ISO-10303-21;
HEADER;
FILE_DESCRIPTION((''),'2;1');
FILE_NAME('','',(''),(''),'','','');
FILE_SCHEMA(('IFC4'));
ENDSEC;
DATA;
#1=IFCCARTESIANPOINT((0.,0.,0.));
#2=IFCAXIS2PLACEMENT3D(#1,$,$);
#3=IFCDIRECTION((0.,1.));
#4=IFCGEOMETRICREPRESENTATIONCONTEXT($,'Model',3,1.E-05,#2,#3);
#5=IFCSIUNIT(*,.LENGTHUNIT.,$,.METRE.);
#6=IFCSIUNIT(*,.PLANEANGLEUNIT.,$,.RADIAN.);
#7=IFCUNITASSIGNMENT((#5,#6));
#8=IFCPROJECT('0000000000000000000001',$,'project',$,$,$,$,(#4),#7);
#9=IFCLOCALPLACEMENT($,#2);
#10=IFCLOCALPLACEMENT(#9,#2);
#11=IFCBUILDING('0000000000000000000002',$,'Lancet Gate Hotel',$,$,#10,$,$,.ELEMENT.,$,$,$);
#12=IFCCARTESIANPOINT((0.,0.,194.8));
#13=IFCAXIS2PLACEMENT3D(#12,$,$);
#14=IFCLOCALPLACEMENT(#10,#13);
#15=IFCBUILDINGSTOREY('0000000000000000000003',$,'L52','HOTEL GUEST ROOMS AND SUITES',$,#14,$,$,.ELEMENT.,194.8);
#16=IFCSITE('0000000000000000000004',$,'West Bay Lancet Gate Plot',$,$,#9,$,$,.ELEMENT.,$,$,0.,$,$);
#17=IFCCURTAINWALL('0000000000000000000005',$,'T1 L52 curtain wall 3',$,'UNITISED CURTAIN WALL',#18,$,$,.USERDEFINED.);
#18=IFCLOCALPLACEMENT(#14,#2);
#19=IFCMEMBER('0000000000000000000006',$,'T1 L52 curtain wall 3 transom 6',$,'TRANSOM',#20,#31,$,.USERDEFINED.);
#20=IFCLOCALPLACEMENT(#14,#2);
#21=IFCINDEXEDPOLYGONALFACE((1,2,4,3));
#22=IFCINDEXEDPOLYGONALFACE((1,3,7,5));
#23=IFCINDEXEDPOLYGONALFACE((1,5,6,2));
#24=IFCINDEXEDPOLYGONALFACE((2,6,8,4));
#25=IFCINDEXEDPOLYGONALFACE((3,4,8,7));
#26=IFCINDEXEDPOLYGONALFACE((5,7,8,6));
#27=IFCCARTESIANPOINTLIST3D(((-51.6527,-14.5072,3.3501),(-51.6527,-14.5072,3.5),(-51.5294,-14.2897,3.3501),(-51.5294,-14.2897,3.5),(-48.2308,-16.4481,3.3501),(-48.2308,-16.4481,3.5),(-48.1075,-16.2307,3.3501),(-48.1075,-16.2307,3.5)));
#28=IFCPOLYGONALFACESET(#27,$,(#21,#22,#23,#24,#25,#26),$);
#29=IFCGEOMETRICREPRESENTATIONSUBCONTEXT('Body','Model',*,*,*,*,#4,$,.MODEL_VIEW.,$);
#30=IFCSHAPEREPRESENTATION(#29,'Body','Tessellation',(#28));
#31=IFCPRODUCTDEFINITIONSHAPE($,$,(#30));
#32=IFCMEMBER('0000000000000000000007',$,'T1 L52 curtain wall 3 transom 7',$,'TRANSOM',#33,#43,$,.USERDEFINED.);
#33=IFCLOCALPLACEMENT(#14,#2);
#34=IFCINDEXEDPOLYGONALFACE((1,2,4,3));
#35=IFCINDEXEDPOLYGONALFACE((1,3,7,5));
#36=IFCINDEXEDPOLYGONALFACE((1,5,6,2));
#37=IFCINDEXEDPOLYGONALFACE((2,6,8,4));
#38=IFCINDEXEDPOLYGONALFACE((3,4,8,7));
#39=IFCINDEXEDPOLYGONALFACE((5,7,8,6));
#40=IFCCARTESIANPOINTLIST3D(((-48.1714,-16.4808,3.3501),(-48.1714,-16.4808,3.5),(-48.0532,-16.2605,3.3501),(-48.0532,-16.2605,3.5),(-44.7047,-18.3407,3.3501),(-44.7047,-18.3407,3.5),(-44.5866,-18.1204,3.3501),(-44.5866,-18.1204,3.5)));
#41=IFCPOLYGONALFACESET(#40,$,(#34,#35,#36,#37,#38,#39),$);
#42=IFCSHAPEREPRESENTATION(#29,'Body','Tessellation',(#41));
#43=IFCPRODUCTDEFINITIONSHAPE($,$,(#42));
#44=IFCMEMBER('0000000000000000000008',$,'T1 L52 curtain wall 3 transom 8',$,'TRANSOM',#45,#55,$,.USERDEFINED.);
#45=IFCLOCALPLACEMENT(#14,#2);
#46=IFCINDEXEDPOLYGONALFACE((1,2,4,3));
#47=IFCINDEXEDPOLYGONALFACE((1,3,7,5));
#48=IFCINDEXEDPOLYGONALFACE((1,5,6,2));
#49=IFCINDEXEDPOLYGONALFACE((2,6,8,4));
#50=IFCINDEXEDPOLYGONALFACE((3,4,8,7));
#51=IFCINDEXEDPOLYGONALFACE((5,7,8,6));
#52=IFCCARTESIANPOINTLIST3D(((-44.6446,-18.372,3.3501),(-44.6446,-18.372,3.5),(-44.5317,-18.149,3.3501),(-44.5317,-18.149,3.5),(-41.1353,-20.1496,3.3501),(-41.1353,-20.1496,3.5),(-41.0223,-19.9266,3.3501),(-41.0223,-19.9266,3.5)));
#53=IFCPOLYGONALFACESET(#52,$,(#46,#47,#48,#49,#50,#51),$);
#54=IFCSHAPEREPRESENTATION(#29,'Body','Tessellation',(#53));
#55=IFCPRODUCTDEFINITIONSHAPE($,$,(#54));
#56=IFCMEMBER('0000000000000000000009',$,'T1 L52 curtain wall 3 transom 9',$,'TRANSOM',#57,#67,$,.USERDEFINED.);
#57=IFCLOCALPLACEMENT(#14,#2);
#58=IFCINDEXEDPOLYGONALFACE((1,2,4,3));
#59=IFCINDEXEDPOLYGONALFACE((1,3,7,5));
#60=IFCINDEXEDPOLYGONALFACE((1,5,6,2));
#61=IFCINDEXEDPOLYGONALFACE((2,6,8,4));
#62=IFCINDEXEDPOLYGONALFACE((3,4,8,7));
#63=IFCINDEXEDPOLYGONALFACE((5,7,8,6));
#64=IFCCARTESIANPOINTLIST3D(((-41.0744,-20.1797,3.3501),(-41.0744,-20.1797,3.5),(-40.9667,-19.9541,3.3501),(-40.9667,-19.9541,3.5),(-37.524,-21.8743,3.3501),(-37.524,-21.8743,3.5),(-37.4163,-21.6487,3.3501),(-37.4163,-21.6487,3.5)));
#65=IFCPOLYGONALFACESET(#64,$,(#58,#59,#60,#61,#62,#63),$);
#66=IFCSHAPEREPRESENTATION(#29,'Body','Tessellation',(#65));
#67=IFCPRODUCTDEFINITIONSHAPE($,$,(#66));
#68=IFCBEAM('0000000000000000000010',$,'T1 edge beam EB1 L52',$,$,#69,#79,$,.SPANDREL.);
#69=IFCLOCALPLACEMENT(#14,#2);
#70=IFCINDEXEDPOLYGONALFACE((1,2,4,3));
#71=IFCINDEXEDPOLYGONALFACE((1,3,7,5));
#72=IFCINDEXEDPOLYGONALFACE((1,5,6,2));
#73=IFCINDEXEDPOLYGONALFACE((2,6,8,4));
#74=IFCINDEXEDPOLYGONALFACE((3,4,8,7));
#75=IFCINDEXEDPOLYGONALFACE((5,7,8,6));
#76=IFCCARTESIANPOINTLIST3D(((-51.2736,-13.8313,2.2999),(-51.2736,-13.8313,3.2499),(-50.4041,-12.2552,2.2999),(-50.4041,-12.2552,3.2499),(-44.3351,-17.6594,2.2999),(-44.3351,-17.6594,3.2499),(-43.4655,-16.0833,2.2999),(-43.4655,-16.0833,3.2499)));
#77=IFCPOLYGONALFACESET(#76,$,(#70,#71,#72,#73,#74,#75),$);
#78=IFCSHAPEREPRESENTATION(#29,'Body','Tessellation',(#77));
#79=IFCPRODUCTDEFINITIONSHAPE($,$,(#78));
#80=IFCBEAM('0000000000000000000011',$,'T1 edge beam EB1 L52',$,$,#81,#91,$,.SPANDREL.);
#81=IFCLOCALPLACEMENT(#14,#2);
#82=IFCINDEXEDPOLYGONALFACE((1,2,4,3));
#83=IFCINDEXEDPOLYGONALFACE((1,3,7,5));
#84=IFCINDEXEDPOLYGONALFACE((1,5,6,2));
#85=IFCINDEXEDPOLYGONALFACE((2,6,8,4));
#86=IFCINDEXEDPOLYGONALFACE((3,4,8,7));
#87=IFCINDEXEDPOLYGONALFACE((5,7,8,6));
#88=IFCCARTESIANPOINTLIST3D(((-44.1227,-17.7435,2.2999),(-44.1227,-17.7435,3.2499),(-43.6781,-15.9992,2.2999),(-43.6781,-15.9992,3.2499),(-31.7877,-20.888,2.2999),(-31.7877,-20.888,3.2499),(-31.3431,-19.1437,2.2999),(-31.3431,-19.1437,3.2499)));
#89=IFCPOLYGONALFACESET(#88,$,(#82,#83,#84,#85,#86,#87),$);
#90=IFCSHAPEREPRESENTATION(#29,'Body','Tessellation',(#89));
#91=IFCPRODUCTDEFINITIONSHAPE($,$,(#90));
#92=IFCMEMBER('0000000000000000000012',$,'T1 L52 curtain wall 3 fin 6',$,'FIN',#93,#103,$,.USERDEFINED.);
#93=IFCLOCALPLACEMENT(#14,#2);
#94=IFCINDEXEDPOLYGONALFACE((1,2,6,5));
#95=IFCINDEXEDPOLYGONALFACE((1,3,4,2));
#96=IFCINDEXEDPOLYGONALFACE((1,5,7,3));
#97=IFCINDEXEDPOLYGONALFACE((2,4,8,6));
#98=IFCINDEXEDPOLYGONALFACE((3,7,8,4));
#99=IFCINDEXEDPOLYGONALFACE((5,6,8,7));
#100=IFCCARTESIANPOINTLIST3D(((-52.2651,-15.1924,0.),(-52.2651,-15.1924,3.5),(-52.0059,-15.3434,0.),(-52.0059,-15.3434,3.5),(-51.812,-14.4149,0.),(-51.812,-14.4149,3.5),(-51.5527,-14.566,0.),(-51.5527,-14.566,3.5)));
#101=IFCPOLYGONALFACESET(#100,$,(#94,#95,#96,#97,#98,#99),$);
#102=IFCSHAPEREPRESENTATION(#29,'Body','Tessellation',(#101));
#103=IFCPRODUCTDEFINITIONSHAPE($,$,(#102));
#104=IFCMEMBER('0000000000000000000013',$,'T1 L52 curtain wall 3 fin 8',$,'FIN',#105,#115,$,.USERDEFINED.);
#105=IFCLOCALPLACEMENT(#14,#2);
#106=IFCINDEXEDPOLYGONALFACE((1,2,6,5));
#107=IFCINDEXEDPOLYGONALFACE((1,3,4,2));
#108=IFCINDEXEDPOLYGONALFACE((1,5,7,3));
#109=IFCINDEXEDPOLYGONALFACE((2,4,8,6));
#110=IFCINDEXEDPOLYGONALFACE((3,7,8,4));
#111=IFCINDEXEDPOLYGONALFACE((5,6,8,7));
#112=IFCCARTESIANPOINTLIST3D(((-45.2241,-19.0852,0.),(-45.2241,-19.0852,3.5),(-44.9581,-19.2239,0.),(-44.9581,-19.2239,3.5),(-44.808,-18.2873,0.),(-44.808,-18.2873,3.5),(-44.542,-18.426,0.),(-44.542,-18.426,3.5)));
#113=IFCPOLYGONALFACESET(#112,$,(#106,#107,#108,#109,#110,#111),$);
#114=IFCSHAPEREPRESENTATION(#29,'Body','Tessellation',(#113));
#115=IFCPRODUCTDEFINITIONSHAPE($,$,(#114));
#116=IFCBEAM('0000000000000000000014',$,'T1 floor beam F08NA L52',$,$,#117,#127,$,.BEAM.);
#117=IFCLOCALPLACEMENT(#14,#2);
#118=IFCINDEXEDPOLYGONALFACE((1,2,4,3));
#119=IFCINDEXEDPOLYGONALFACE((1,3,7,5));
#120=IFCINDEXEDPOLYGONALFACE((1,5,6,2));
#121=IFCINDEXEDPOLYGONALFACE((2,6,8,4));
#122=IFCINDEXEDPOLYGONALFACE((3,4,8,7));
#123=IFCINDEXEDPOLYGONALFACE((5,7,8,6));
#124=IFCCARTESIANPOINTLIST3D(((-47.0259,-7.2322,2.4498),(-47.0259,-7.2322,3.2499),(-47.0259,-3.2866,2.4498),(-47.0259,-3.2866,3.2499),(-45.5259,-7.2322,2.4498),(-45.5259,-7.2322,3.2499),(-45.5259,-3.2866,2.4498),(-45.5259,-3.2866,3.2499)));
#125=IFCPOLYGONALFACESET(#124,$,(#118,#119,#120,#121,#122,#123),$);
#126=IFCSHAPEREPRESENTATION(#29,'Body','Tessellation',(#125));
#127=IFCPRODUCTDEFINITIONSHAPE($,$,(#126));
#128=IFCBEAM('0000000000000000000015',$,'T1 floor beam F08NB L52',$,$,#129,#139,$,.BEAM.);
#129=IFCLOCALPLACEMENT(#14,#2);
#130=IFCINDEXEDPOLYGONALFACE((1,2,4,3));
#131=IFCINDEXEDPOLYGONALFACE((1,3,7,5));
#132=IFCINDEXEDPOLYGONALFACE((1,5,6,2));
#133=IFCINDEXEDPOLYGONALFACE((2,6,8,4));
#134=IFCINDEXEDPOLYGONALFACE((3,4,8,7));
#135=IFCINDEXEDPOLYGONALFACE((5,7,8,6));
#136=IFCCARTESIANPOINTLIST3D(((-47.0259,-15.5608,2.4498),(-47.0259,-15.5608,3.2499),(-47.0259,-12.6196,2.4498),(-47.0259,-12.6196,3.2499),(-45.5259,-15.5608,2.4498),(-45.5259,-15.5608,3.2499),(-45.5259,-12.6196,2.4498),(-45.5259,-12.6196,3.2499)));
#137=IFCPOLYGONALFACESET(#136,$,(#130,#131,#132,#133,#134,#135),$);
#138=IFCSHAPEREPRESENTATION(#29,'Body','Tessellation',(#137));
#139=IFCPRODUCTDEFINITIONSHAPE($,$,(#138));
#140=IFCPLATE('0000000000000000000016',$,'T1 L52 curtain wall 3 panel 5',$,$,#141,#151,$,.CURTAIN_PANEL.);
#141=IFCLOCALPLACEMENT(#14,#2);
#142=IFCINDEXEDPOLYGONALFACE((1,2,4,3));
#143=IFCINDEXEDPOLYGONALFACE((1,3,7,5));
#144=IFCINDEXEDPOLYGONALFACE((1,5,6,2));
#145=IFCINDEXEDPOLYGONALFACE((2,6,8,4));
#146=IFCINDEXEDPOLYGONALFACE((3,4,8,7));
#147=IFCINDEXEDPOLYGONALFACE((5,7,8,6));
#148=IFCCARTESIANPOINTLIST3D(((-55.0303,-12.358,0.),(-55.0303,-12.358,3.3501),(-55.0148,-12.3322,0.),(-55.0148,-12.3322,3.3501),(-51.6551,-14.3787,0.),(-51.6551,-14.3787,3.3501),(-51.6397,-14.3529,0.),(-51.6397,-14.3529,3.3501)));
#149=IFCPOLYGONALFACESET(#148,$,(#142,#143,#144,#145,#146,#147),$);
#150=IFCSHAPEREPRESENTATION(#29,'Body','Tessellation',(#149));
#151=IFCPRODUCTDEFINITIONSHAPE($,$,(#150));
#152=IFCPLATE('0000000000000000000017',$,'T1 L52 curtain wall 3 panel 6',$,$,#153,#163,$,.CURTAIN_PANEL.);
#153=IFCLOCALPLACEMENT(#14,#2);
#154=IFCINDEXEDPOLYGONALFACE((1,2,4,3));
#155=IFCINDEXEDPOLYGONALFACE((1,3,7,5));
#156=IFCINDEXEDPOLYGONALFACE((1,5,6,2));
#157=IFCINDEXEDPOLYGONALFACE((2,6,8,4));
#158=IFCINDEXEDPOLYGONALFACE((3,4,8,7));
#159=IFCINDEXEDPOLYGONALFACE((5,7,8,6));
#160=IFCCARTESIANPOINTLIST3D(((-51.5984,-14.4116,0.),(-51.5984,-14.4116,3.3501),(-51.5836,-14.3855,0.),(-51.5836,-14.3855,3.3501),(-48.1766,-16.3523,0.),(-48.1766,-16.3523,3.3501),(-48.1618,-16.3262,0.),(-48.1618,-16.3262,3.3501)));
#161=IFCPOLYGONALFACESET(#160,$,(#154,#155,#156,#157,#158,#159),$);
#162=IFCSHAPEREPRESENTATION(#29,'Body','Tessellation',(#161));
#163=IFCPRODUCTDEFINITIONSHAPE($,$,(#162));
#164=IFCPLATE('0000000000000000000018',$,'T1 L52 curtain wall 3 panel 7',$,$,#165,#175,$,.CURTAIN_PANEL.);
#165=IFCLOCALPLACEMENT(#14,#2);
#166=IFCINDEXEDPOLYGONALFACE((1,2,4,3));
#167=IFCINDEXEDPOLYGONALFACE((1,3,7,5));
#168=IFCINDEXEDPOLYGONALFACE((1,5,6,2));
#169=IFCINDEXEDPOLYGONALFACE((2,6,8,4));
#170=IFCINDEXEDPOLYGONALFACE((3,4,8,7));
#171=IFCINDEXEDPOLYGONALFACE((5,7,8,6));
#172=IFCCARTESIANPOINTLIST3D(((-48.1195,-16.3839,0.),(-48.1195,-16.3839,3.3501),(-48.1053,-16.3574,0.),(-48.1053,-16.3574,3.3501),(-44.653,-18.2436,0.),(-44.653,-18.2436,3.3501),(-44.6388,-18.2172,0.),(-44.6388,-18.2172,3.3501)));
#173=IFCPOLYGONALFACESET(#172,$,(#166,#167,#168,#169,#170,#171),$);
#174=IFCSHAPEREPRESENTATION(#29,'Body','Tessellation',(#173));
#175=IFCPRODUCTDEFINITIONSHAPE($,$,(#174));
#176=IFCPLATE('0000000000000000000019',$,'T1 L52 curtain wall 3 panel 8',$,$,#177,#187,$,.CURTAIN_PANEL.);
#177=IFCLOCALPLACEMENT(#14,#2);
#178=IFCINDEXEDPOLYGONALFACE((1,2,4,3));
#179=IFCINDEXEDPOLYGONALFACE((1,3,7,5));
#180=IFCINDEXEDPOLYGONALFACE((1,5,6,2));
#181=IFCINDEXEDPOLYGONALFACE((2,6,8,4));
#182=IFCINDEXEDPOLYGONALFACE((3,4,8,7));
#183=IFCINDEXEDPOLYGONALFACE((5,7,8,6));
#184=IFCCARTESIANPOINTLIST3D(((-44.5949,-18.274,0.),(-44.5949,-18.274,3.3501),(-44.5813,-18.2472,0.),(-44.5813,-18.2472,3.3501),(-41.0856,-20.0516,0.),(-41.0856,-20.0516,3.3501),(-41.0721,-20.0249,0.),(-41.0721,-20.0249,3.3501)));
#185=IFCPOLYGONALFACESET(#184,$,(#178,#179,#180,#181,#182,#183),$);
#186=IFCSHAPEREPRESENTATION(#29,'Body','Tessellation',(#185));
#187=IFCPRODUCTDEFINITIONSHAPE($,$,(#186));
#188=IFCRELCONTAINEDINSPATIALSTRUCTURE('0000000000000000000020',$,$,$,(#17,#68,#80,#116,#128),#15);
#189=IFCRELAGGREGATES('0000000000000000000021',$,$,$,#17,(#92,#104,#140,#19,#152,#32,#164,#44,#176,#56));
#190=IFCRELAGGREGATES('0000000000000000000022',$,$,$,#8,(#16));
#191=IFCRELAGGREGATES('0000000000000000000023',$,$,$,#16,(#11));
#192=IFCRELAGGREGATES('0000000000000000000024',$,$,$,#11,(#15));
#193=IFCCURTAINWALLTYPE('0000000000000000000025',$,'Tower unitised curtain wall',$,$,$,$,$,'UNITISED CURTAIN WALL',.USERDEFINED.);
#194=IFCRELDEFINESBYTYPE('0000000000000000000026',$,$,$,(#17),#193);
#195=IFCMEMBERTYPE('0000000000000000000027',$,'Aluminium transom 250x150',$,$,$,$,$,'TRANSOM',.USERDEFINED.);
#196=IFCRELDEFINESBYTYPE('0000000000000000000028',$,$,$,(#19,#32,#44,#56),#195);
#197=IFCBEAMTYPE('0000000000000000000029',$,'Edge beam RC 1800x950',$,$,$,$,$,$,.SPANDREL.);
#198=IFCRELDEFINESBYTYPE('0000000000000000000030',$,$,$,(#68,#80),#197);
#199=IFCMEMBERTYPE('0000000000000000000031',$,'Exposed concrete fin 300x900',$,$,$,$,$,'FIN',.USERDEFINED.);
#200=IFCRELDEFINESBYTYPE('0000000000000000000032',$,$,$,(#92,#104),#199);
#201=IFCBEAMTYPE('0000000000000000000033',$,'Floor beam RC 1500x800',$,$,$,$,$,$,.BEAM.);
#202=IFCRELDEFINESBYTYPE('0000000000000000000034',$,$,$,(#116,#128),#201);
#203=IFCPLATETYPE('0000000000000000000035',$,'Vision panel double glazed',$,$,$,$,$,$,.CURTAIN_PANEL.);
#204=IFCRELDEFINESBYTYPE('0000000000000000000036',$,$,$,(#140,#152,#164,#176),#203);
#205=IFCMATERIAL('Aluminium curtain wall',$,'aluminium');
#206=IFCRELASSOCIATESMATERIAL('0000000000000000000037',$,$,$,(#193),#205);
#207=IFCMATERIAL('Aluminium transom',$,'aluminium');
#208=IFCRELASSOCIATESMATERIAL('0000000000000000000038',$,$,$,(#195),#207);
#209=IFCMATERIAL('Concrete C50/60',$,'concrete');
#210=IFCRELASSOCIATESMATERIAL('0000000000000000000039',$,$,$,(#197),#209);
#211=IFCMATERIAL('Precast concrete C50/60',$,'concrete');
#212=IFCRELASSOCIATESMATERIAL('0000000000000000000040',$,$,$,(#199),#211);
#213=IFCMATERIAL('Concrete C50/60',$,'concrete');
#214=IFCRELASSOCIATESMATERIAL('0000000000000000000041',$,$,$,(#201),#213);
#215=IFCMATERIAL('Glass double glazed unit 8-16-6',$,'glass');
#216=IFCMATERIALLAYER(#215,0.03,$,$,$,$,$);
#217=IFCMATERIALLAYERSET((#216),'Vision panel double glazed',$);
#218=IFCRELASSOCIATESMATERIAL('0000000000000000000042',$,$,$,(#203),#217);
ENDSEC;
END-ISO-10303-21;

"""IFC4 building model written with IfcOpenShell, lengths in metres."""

from ifc_helpers import new_model, si_unit, direction, frame, origin, origin_2d, place, context, subcontext, project, spatial, rectangle, extrude, material, layer, layer_set, material_profile, profile_set, type_object, element, aggregate, save


model = new_model("IFC4")

# Units and contexts
model_context = context("Model", 3, precision=1e-05, world=origin(), true_north=direction((0.0, 1.0)))
body_context = subcontext(model_context, "Body", "Model", "MODEL_VIEW")
ifc_project = project(units=[si_unit("LENGTHUNIT", "METRE"), si_unit("PLANEANGLEUNIT", "RADIAN")], contexts=[model_context])

# Site, building, storey
site_placement = place(None, origin())
site = spatial("IfcSite", under=ifc_project, at=site_placement, Name="West Bay Lancet Gate Plot", CompositionType="ELEMENT", RefElevation=0.0)
building_placement = place(site_placement, origin())
building = spatial("IfcBuilding", under=site, at=building_placement, Name="Lancet Gate Hotel", CompositionType="ELEMENT")
storey_placement = place(building_placement, frame((0.0, 0.0, 194.8)))
storey = spatial("IfcBuildingStorey", under=building, at=storey_placement, Name="L52", Description="HOTEL GUEST ROOMS AND SUITES", CompositionType="ELEMENT", Elevation=194.8)

# Curtain wall, members
ifc_material_1 = material(Name="Aluminium curtain wall", Category="aluminium")
curtain_wall_type = type_object("IfcCurtainWallType", Name="Tower unitised curtain wall", ElementType="UNITISED CURTAIN WALL", PredefinedType="USERDEFINED", material=ifc_material_1)
curtain_wall_placement = place(storey_placement, origin())
curtain_wall = element("IfcCurtainWall", 1, at=curtain_wall_placement, inside=storey, type_object=curtain_wall_type, Name="T1 L52 curtain wall 3", ObjectType="UNITISED CURTAIN WALL", PredefinedType="USERDEFINED")
ifc_material_2 = material(Name="Aluminium transom", Category="aluminium")
ifc_material_profile_1 = material_profile(ifc_material_2, rectangle(XDim=0.25, YDim=0.1499, at=origin_2d()), Name="TRANSOM 250x150")
ifc_profile_set_1 = profile_set([ifc_material_profile_1], Name="Aluminium transom")
member_type_1 = type_object("IfcMemberType", Name="Aluminium transom 250x150", ElementType="TRANSOM", PredefinedType="USERDEFINED", material=ifc_profile_set_1)
member_1_placement = place(storey_placement, frame((-51.5911, -14.3984, 3.425), z_axis=(0.86982, -0.49337, 0.0), x_axis=(0.49337, 0.86982, 0.0)))
member_1 = element("IfcMember", 2, at=member_1_placement, type_object=member_type_1, Name="T1 L52 curtain wall 3 transom 6", ObjectType="TRANSOM", PredefinedType="USERDEFINED", context=body_context, shape_type="SweptSolid", body=[
    extrude(rectangle(XDim=0.25, YDim=0.1499, at=origin_2d()), origin(), (0.0, 0.0, 1.0), 3.9341),
])
member_2_placement = place(storey_placement, frame((-48.1123, -16.3706, 3.425), z_axis=(0.881185, -0.472771, 0.0), x_axis=(0.472771, 0.881185, 0.0)))
member_2 = element("IfcMember", 3, at=member_2_placement, type_object=member_type_1, Name="T1 L52 curtain wall 3 transom 7", ObjectType="TRANSOM", PredefinedType="USERDEFINED", context=body_context, shape_type="SweptSolid", body=[
    extrude(rectangle(XDim=0.25, YDim=0.1499, at=origin_2d()), origin(), (0.0, 0.0, 1.0), 3.9341),
])
member_3_placement = place(storey_placement, frame((-44.5881, -18.2605, 3.425), z_axis=(0.892081, -0.451875, 0.0), x_axis=(0.451875, 0.892081, 0.0)))
member_3 = element("IfcMember", 4, at=member_3_placement, type_object=member_type_1, Name="T1 L52 curtain wall 3 transom 8", ObjectType="TRANSOM", PredefinedType="USERDEFINED", context=body_context, shape_type="SweptSolid", body=[
    extrude(rectangle(XDim=0.25, YDim=0.1499, at=origin_2d()), origin(), (0.0, 0.0, 1.0), 3.9338),
])
member_4_placement = place(storey_placement, frame((-41.0205, -20.0669, 3.425), z_axis=(0.902469, -0.430755, 0.0), x_axis=(0.430755, 0.902469, 0.0)))
member_4 = element("IfcMember", 5, at=member_4_placement, type_object=member_type_1, Name="T1 L52 curtain wall 3 transom 9", ObjectType="TRANSOM", PredefinedType="USERDEFINED", context=body_context, shape_type="SweptSolid", body=[
    extrude(rectangle(XDim=0.25, YDim=0.1499, at=origin_2d()), origin(), (0.0, 0.0, 1.0), 3.9341),
])

# Beams
ifc_material_3 = material(Name="Concrete C50/60", Category="concrete")
ifc_material_profile_2 = material_profile(ifc_material_3, rectangle(XDim=1.8, YDim=0.95, at=origin_2d()), Name="RC 1800x950")
ifc_profile_set_2 = profile_set([ifc_material_profile_2], Name="Concrete C50/60")
beam_type_1 = type_object("IfcBeamType", Name="Edge beam RC 1800x950", PredefinedType="SPANDREL", material=ifc_profile_set_2)
beam_1_placement = place(storey_placement, frame((-50.8389, -13.0432, 2.7749), z_axis=(0.875578, -0.483077, 0.0), x_axis=(0.483077, 0.875578, 0.0)))
element("IfcBeam", 6, at=beam_1_placement, inside=storey, type_object=beam_type_1, Name="T1 edge beam EB1 L52", PredefinedType="SPANDREL", context=body_context, shape_type="SweptSolid", body=[
    extrude(rectangle(XDim=1.8, YDim=0.95, at=origin_2d()), origin(), (0.0, 0.0, 1.0), 7.9246),
])
beam_2_placement = place(storey_placement, frame((-43.9004, -16.8713, 2.7749), z_axis=(0.969008, -0.247028, 0.0), x_axis=(0.247028, 0.969008, 0.0)))
element("IfcBeam", 7, at=beam_2_placement, inside=storey, type_object=beam_type_1, Name="T1 edge beam EB1 L52", PredefinedType="SPANDREL", context=body_context, shape_type="SweptSolid", body=[
    extrude(rectangle(XDim=1.8, YDim=0.95, at=origin_2d()), origin(), (0.0, 0.0, 1.0), 12.7295),
])

# Members
ifc_material_4 = material(Name="Precast concrete C50/60", Category="concrete")
ifc_material_profile_3 = material_profile(ifc_material_4, rectangle(XDim=0.3, YDim=0.8999, at=origin_2d()), Name="FIN 300x900")
ifc_profile_set_3 = profile_set([ifc_material_profile_3], Name="Precast concrete C50/60")
member_type_2 = type_object("IfcMemberType", Name="Exposed concrete fin 300x900", ElementType="FIN", PredefinedType="USERDEFINED", material=ifc_profile_set_3)
member_5_placement = place(storey_placement, frame((-51.9089, -14.8792, 0.0), z_axis=(0.0, 0.0, 1.0), x_axis=(0.863969, -0.503545, 0.0)))
member_5 = element("IfcMember", 8, at=member_5_placement, type_object=member_type_2, Name="T1 L52 curtain wall 3 fin 6", ObjectType="FIN", PredefinedType="USERDEFINED", context=body_context, shape_type="SweptSolid", body=[
    extrude(rectangle(XDim=0.3, YDim=0.8999, at=origin_2d()), origin(), (0.0, 0.0, 1.0), 3.5),
])
member_6_placement = place(storey_placement, frame((-44.8831, -18.7556, 0.0), z_axis=(0.0, 0.0, 1.0), x_axis=(0.886694, -0.462356, 0.0)))
member_6 = element("IfcMember", 9, at=member_6_placement, type_object=member_type_2, Name="T1 L52 curtain wall 3 fin 8", ObjectType="FIN", PredefinedType="USERDEFINED", context=body_context, shape_type="SweptSolid", body=[
    extrude(rectangle(XDim=0.3, YDim=0.8999, at=origin_2d()), origin(), (0.0, 0.0, 1.0), 3.5),
])

# Beams
ifc_material_5 = material(Name="Concrete C50/60", Category="concrete")
ifc_material_profile_4 = material_profile(ifc_material_5, rectangle(XDim=1.5, YDim=0.8, at=origin_2d()), Name="RC 1500x800")
ifc_profile_set_4 = profile_set([ifc_material_profile_4], Name="Concrete C50/60")
beam_type_2 = type_object("IfcBeamType", Name="Floor beam RC 1500x800", PredefinedType="BEAM", material=ifc_profile_set_4)
beam_3_placement = place(storey_placement, frame((-46.2759, -3.2866, 2.8499), z_axis=(0.0, -1.0, 0.0), x_axis=(1.0, 0.0, 0.0)))
element("IfcBeam", 10, at=beam_3_placement, inside=storey, type_object=beam_type_2, Name="T1 floor beam F08NA L52", PredefinedType="BEAM", context=body_context, shape_type="SweptSolid", body=[
    extrude(rectangle(XDim=1.5, YDim=0.8, at=origin_2d()), origin(), (0.0, 0.0, 1.0), 3.9456),
])
beam_4_placement = place(storey_placement, frame((-46.2759, -12.6196, 2.8499), z_axis=(0.0, -1.0, 0.0), x_axis=(1.0, 0.0, 0.0)))
element("IfcBeam", 11, at=beam_4_placement, inside=storey, type_object=beam_type_2, Name="T1 floor beam F08NB L52", PredefinedType="BEAM", context=body_context, shape_type="SweptSolid", body=[
    extrude(rectangle(XDim=1.5, YDim=0.8, at=origin_2d()), origin(), (0.0, 0.0, 1.0), 2.9412),
])

# Plates
ifc_material_6 = material(Name="Glass double glazed unit 8-16-6", Category="glass")
ifc_layer_1 = layer(ifc_material_6, 0.03)
ifc_layer_set_1 = layer_set([ifc_layer_1], Name="Vision panel double glazed")
plate_type = type_object("IfcPlateType", Name="Vision panel double glazed", PredefinedType="CURTAIN_PANEL", material=ifc_layer_set_1)
plate_1_placement = place(storey_placement, frame((-53.335, -13.3555, 0.0), z_axis=(0.0, 0.0, 1.0), x_axis=(0.857987, -0.513672, 0.0)))
plate_1 = element("IfcPlate", 12, at=plate_1_placement, type_object=plate_type, Name="T1 L52 curtain wall 3 panel 5", PredefinedType="CURTAIN_PANEL", context=body_context, shape_type="SweptSolid", body=[
    extrude(rectangle(XDim=3.9338, YDim=0.03, at=origin_2d()), origin(), (0.0, 0.0, 1.0), 3.3501),
])
plate_2_placement = place(storey_placement, frame((-49.8801, -15.3689, 0.0), z_axis=(0.0, 0.0, 1.0), x_axis=(0.869831, -0.493349, 0.0)))
plate_2 = element("IfcPlate", 13, at=plate_2_placement, type_object=plate_type, Name="T1 L52 curtain wall 3 panel 6", PredefinedType="CURTAIN_PANEL", context=body_context, shape_type="SweptSolid", body=[
    extrude(rectangle(XDim=3.9338, YDim=0.03, at=origin_2d()), origin(), (0.0, 0.0, 1.0), 3.3501),
])
plate_3_placement = place(storey_placement, frame((-46.3792, -17.3005, 0.0), z_axis=(0.0, 0.0, 1.0), x_axis=(0.881195, -0.472753, 0.0)))
plate_3 = element("IfcPlate", 14, at=plate_3_placement, type_object=plate_type, Name="T1 L52 curtain wall 3 panel 7", PredefinedType="CURTAIN_PANEL", context=body_context, shape_type="SweptSolid", body=[
    extrude(rectangle(XDim=3.9338, YDim=0.03, at=origin_2d()), origin(), (0.0, 0.0, 1.0), 3.3501),
])
plate_4_placement = place(storey_placement, frame((-42.8335, -19.1494, 0.0), z_axis=(0.0, 0.0, 1.0), x_axis=(0.892071, -0.451895, 0.0)))
plate_4 = element("IfcPlate", 15, at=plate_4_placement, type_object=plate_type, Name="T1 L52 curtain wall 3 panel 8", PredefinedType="CURTAIN_PANEL", context=body_context, shape_type="SweptSolid", body=[
    extrude(rectangle(XDim=3.9338, YDim=0.03, at=origin_2d()), origin(), (0.0, 0.0, 1.0), 3.3501),
])
aggregate(curtain_wall, [member_5, member_6, plate_1, member_1, plate_2, member_2, plate_3, member_3, plate_4, member_4])

save(model, "model.ifc")
